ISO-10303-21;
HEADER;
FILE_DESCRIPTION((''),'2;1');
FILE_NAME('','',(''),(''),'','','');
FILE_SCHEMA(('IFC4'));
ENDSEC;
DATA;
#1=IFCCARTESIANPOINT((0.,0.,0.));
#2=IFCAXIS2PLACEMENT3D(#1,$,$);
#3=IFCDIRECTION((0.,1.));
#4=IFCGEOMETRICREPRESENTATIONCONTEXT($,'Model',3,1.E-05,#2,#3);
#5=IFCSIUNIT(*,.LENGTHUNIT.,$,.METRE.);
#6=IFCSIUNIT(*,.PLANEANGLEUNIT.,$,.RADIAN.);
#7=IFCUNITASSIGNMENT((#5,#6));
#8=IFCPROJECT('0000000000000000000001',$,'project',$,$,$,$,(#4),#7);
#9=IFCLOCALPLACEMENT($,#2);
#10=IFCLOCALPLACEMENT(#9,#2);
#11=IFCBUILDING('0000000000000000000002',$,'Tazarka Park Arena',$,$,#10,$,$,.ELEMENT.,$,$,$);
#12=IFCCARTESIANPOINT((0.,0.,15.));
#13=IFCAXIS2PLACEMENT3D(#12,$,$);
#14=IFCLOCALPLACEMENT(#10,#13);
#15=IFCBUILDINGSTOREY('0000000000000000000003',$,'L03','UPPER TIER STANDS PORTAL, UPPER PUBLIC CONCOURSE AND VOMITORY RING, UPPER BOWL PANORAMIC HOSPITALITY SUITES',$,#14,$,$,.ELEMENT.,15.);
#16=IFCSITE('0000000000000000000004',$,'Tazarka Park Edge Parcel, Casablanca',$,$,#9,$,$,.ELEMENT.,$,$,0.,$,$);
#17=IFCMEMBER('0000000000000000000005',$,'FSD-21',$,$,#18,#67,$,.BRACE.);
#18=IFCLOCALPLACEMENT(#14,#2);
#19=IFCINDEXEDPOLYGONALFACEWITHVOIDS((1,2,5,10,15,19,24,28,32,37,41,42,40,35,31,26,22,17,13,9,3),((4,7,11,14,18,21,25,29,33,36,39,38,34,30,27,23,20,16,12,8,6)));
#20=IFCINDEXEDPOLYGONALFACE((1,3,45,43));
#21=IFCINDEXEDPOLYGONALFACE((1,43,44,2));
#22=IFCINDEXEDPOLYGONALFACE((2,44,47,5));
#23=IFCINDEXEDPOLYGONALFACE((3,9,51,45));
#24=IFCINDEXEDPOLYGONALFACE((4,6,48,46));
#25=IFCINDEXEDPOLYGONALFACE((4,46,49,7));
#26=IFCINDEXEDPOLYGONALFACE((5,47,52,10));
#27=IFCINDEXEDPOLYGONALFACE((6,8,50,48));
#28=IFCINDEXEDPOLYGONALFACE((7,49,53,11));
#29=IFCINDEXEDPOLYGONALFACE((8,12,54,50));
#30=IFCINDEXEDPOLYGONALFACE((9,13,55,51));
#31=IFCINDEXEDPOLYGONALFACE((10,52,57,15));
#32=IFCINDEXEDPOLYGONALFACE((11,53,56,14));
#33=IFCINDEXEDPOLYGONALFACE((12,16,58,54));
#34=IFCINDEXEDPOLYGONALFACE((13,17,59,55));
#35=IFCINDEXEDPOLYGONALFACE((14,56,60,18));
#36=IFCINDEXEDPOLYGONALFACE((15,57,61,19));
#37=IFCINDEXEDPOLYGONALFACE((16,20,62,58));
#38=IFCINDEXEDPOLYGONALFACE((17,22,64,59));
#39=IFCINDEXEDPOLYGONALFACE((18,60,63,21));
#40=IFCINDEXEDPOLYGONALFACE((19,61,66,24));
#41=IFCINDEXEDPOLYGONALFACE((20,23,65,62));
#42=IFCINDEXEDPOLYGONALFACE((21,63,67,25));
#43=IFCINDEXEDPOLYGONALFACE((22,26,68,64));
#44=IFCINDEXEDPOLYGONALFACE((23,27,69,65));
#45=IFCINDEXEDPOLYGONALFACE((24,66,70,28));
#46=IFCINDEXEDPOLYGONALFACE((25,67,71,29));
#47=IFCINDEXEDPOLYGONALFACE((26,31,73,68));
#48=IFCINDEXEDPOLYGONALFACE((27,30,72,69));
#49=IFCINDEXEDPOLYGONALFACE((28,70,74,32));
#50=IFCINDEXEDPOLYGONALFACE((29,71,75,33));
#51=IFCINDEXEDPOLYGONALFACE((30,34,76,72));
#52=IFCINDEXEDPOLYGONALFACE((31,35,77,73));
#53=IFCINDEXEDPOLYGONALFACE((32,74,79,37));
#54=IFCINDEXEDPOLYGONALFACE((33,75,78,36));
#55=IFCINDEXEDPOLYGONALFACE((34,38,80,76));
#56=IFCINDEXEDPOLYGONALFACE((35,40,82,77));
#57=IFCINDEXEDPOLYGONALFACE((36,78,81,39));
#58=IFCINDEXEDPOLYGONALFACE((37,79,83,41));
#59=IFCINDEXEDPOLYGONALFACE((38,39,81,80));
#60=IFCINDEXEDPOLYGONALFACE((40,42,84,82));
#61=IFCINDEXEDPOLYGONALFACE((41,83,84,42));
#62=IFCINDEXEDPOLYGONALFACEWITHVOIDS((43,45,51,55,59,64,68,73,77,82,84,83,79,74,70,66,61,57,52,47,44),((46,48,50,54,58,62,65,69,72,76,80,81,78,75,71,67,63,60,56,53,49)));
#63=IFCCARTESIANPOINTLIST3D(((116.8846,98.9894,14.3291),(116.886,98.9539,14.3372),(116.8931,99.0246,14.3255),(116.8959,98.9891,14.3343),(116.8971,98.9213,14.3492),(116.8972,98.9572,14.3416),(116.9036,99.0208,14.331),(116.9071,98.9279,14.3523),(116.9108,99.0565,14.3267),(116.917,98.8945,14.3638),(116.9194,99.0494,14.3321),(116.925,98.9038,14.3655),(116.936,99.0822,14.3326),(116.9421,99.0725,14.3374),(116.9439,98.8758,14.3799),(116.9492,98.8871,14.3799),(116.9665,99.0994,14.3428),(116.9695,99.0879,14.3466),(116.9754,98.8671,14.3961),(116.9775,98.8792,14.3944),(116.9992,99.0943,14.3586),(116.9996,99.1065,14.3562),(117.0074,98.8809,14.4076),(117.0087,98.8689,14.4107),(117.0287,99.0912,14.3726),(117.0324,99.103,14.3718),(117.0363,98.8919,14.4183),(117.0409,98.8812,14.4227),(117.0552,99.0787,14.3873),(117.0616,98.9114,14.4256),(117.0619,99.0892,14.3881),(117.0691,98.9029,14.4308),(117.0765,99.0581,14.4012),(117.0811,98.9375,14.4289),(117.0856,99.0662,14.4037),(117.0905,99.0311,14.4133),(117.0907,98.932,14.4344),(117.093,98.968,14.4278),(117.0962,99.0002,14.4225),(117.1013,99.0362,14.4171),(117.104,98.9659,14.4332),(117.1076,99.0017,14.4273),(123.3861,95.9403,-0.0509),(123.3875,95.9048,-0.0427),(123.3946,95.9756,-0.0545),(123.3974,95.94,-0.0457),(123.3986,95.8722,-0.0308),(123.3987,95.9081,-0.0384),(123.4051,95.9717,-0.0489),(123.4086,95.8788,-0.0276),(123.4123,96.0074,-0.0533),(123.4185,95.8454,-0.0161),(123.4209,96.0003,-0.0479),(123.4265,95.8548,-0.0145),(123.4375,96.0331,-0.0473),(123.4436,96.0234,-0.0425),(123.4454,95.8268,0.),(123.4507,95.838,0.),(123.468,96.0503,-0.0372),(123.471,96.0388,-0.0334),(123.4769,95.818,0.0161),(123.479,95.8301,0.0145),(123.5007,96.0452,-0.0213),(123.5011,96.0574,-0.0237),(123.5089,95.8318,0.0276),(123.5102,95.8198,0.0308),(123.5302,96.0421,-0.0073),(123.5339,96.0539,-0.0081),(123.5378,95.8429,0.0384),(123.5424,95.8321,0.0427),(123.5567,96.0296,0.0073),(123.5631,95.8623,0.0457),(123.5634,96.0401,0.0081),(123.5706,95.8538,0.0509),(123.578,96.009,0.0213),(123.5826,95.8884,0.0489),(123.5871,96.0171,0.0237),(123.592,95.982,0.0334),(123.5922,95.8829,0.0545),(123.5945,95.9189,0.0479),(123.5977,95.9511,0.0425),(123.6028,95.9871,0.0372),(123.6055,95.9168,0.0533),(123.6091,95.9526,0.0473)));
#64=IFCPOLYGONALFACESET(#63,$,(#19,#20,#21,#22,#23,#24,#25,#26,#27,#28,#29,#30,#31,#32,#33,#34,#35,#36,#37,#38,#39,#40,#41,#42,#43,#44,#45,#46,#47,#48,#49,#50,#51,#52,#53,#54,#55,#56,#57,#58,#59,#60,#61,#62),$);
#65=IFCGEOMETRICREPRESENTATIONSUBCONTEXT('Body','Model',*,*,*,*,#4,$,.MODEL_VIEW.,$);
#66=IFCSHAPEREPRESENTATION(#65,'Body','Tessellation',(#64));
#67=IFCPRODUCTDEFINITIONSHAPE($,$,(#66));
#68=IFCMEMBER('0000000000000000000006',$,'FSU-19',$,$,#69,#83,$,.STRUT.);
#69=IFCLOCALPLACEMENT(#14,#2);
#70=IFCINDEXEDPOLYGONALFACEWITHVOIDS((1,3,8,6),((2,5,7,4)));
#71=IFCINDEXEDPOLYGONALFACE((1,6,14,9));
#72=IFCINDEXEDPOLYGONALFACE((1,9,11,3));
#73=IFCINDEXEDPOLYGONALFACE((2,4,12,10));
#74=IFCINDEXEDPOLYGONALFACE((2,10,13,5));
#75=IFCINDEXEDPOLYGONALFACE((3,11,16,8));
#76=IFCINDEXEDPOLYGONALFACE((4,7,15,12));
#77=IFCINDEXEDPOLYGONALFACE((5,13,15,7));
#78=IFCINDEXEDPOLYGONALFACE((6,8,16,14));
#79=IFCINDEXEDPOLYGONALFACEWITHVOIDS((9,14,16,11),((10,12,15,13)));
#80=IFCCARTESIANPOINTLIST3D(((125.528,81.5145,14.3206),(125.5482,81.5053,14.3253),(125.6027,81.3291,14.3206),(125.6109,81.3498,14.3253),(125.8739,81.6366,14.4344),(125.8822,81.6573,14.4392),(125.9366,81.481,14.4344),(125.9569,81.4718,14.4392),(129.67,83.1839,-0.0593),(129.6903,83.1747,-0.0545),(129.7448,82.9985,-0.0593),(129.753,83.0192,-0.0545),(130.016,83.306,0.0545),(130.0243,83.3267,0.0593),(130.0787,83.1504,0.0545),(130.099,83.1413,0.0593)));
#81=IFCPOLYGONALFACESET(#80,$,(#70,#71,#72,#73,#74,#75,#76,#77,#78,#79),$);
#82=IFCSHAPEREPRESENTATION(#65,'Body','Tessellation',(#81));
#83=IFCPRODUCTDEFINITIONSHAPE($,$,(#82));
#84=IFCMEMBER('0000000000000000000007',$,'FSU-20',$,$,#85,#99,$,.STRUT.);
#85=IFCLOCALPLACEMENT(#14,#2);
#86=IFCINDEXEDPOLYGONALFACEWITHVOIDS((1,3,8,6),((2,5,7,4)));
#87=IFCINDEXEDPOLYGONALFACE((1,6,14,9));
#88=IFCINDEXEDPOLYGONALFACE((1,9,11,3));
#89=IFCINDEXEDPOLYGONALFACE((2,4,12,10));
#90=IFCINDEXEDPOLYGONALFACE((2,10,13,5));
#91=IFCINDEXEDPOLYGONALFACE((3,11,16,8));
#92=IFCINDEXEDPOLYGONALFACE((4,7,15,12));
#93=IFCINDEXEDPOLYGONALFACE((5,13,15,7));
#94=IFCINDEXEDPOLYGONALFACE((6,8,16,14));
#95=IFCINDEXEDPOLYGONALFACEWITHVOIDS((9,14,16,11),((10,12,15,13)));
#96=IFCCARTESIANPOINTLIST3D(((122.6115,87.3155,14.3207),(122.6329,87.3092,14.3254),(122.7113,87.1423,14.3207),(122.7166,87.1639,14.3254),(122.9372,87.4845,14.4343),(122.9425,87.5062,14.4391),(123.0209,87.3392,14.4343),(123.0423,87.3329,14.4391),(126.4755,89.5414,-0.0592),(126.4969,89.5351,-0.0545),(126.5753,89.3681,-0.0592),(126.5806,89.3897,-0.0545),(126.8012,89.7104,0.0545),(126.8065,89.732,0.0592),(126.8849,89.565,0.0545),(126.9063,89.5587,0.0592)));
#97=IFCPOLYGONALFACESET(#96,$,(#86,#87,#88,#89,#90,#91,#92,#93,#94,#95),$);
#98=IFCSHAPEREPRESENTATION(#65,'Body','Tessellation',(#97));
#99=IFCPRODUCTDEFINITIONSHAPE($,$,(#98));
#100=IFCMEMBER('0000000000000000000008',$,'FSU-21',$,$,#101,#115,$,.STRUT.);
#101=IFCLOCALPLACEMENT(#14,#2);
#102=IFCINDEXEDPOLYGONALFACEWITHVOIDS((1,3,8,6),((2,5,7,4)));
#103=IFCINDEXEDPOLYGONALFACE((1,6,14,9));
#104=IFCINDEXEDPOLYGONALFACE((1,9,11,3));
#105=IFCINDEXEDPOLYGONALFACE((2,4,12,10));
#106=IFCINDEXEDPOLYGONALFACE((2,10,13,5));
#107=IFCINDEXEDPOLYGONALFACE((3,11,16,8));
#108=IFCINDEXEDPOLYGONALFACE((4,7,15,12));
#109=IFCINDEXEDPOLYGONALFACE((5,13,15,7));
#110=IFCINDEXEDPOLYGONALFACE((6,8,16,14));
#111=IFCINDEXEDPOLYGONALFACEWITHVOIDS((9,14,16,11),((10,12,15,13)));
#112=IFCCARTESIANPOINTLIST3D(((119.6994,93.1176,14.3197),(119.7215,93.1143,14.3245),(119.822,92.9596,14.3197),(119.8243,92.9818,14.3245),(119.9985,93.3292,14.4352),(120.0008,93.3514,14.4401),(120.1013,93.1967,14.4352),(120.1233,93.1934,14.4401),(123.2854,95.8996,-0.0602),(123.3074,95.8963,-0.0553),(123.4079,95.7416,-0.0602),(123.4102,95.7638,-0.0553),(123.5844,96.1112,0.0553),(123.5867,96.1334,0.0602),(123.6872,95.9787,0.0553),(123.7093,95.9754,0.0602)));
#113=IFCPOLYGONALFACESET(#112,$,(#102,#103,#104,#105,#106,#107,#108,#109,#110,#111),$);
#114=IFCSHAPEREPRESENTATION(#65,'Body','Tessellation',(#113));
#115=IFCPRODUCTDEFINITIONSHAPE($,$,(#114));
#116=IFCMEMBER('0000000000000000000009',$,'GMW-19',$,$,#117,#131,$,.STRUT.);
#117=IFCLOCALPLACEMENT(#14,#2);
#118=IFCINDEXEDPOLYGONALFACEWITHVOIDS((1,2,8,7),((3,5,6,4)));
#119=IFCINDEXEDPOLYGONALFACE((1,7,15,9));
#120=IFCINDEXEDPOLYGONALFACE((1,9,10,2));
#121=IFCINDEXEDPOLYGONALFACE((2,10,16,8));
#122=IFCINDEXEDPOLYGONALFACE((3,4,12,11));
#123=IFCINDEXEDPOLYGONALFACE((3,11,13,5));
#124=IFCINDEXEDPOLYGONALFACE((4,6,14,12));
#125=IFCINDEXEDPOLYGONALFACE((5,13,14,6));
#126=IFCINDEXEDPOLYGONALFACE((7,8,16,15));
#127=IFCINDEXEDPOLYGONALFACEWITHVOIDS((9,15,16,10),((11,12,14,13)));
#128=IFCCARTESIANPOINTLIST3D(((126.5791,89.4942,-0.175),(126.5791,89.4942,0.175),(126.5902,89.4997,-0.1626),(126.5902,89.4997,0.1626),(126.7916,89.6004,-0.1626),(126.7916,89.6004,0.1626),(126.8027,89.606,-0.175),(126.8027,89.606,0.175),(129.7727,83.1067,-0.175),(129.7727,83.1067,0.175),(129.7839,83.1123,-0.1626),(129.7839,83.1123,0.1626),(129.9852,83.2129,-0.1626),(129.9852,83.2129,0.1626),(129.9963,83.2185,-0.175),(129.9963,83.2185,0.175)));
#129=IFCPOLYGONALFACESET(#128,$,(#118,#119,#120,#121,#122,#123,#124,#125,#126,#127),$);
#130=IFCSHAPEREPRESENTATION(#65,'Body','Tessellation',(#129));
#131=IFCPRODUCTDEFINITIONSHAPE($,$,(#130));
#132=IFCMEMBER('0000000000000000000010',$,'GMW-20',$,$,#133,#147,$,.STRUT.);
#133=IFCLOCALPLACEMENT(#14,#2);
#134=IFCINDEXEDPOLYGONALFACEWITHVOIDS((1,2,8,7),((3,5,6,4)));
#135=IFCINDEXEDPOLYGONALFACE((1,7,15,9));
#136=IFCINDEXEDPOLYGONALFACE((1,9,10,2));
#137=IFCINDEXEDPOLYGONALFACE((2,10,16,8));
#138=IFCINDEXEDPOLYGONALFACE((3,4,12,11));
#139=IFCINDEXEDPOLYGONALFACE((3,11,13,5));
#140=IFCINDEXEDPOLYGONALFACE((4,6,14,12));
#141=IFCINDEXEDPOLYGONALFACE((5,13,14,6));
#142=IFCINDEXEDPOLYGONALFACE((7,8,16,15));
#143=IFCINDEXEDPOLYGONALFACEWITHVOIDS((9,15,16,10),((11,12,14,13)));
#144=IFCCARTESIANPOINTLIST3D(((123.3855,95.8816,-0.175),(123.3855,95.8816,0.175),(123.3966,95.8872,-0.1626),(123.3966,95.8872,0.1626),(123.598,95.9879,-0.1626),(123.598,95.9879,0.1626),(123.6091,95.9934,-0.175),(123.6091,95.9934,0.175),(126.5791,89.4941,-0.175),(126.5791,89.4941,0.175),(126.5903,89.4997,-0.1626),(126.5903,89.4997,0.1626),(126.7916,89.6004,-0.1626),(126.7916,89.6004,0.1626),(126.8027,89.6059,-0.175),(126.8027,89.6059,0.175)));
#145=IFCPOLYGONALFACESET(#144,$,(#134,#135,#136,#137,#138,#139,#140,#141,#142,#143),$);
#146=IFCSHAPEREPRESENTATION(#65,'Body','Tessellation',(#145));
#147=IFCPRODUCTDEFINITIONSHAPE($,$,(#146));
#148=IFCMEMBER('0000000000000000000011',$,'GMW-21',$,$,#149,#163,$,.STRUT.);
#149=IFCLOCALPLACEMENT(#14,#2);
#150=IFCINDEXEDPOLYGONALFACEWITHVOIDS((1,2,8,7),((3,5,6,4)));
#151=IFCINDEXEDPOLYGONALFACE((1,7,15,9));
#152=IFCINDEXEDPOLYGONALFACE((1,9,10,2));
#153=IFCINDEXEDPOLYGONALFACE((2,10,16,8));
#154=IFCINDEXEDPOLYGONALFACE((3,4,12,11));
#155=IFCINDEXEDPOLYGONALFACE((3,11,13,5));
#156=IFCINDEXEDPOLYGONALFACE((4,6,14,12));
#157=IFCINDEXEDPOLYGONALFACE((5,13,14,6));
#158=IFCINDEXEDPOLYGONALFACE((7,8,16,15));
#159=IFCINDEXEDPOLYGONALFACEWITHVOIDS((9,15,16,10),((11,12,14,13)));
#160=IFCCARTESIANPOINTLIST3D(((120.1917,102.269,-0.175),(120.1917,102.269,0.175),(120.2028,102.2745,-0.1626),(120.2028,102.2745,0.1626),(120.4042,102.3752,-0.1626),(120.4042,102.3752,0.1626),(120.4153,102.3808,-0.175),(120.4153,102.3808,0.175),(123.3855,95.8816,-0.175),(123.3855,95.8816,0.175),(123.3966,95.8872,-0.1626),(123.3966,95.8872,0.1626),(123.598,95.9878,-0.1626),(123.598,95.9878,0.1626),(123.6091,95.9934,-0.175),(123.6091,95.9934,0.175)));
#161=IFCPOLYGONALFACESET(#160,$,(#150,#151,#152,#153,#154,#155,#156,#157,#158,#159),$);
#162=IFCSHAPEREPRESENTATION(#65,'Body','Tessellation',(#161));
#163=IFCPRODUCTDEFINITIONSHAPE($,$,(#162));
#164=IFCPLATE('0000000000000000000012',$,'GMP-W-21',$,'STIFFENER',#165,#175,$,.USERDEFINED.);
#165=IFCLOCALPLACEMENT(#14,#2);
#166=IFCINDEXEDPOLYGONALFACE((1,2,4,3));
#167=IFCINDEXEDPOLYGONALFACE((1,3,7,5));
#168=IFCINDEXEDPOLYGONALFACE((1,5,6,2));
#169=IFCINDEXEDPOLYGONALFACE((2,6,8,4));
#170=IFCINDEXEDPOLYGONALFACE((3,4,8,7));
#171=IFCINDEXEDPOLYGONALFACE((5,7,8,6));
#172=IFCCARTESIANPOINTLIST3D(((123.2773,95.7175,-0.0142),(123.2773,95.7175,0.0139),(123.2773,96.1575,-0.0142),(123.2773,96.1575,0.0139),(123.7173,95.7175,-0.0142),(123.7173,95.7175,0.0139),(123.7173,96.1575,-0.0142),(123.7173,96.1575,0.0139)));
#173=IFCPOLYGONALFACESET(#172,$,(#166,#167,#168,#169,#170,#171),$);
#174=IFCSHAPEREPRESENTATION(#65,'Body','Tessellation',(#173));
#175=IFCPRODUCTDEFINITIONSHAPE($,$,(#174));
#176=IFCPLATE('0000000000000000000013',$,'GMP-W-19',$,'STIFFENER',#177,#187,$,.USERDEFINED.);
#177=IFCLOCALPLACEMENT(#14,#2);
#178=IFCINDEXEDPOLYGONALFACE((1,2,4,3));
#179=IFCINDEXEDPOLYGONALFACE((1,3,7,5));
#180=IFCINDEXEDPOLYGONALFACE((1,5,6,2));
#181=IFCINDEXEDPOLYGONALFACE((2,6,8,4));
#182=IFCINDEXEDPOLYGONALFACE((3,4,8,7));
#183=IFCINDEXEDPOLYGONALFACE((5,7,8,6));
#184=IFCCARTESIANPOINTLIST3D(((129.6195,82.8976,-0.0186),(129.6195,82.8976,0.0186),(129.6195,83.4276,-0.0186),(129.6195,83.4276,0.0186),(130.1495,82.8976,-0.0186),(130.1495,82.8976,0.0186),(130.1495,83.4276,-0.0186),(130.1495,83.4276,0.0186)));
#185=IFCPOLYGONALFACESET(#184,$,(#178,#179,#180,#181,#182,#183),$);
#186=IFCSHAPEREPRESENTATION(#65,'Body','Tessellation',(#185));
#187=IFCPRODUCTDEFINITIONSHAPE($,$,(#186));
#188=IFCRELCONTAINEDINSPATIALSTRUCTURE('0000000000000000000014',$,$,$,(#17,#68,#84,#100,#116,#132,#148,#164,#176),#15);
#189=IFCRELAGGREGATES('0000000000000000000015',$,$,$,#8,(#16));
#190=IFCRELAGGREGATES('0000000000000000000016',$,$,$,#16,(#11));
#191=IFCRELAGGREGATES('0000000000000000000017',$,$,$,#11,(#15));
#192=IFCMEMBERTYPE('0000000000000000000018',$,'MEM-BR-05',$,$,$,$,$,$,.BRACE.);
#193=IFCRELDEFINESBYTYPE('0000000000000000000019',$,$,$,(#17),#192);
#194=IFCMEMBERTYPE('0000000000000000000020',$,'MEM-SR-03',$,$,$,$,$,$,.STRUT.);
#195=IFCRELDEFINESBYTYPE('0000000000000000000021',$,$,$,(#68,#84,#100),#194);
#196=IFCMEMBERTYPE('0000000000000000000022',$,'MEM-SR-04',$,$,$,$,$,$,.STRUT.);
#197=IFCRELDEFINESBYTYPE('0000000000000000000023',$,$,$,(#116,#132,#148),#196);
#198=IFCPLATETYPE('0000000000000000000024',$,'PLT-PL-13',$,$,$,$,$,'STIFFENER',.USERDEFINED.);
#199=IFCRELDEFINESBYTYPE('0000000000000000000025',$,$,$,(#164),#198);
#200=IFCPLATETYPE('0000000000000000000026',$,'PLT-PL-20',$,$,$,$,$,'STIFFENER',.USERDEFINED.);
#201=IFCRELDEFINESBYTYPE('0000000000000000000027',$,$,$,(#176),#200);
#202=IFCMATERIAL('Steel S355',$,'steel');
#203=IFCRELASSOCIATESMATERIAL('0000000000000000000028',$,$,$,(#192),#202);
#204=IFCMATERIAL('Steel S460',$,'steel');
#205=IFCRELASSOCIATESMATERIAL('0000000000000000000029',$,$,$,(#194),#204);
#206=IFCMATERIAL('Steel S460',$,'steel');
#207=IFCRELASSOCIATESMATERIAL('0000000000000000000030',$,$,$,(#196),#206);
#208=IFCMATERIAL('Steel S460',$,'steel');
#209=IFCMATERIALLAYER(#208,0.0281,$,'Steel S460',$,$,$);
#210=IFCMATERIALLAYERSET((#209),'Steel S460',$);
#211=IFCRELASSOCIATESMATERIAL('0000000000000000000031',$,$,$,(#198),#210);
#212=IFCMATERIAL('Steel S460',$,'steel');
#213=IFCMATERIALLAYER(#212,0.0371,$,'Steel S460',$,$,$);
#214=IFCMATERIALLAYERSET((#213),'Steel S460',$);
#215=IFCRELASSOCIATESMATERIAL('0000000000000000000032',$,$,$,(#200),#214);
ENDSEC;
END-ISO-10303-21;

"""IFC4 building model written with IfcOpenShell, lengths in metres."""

from ifc_helpers import new_model, si_unit, direction, frame, origin, origin_2d, place, context, subcontext, project, spatial, rectangle, hollow_rectangle, hollow_circle, extrude, material, layer, layer_set, material_profile, profile_set, type_object, element, save


model = new_model("IFC4")

# Units and contexts
model_context = context("Model", 3, precision=1e-05, world=origin(), true_north=direction((0.0, 1.0)))
body_context = subcontext(model_context, "Body", "Model", "MODEL_VIEW")
ifc_project = project(units=[si_unit("LENGTHUNIT", "METRE"), si_unit("PLANEANGLEUNIT", "RADIAN")], contexts=[model_context])

# Site, building, storey
site_placement = place(None, origin())
site = spatial("IfcSite", under=ifc_project, at=site_placement, Name="Tazarka Park Edge Parcel, Casablanca", CompositionType="ELEMENT", RefElevation=0.0)
building_placement = place(site_placement, origin())
building = spatial("IfcBuilding", under=site, at=building_placement, Name="Tazarka Park Arena", CompositionType="ELEMENT")
storey_placement = place(building_placement, frame((0.0, 0.0, 15.0)))
storey = spatial("IfcBuildingStorey", under=building, at=storey_placement, Name="L03", Description="UPPER TIER STANDS PORTAL, UPPER PUBLIC CONCOURSE AND VOMITORY RING, UPPER BOWL PANORAMIC HOSPITALITY SUITES", CompositionType="ELEMENT", Elevation=15.0)

# Members
ifc_material_1 = material(Name="Steel S355", Category="steel")
ifc_material_profile_1 = material_profile(ifc_material_1, hollow_circle(Radius=0.1223, WallThickness=0.0125, at=origin_2d()), Name="Steel S355")
ifc_profile_set_1 = profile_set([ifc_material_profile_1], Name="Steel S355")
member_type_1 = type_object("IfcMemberType", Name="MEM-BR-05", PredefinedType="BRACE", material=ifc_profile_set_1)
member_1_placement = place(storey_placement, frame((123.4973, 95.9375, 0.0), z_axis=(-0.404492, 0.189699, 0.894651), x_axis=(-0.424606, -0.905378, 0.0)))
element("IfcMember", 1, at=member_1_placement, inside=storey, type_object=member_type_1, Name="FSD-21", PredefinedType="BRACE", context=body_context, shape_type="SweptSolid", body=[
    extrude(hollow_circle(Radius=0.1223, WallThickness=0.0125, at=origin_2d()), origin(), (0.0, 0.0, 1.0), 16.0732),
])
ifc_material_2 = material(Name="Steel S460", Category="steel")
ifc_material_profile_2 = material_profile(ifc_material_2, hollow_rectangle(XDim=0.2, YDim=0.3999, WallThickness=0.0161, at=origin_2d()), Name="Steel S460")
ifc_profile_set_2 = profile_set([ifc_material_profile_2], Name="Steel S460")
member_type_2 = type_object("IfcMemberType", Name="MEM-SR-03", PredefinedType="STRUT", material=ifc_profile_set_2)
member_2_placement = place(storey_placement, frame((129.8845, 83.1626, 0.0), z_axis=(-0.275087, -0.110871, 0.955005), x_axis=(0.373821, -0.927501, 0.0)))
element("IfcMember", 2, at=member_2_placement, inside=storey, type_object=member_type_2, Name="FSU-19", PredefinedType="STRUT", context=body_context, shape_type="SweptSolid", body=[
    extrude(hollow_rectangle(XDim=0.2, YDim=0.3999, WallThickness=0.0161, at=origin_2d()), origin(), (0.0, 0.0, 1.0), 15.0574),
])
member_3_placement = place(storey_placement, frame((126.6909, 89.55, 0.0), z_axis=(-0.256653, -0.147842, 0.955129), x_axis=(0.499149, -0.866516, 0.0)))
element("IfcMember", 3, at=member_3_placement, inside=storey, type_object=member_type_2, Name="FSU-20", PredefinedType="STRUT", context=body_context, shape_type="SweptSolid", body=[
    extrude(hollow_rectangle(XDim=0.2, YDim=0.3999, WallThickness=0.0161, at=origin_2d()), origin(), (0.0, 0.0, 1.0), 15.0554),
])
member_4_placement = place(storey_placement, frame((123.4973, 95.9375, 0.0), z_axis=(-0.237808, -0.184493, 0.95363), x_axis=(0.612968, -0.790108, 0.0)))
element("IfcMember", 4, at=member_4_placement, inside=storey, type_object=member_type_2, Name="FSU-21", PredefinedType="STRUT", context=body_context, shape_type="SweptSolid", body=[
    extrude(hollow_rectangle(XDim=0.2, YDim=0.3999, WallThickness=0.0161, at=origin_2d()), origin(), (0.0, 0.0, 1.0), 15.0791),
])
ifc_material_3 = material(Name="Steel S460", Category="steel")
ifc_material_profile_3 = material_profile(ifc_material_3, hollow_rectangle(XDim=0.25, YDim=0.3501, WallThickness=0.0125, at=origin_2d()), Name="Steel S460")
ifc_profile_set_3 = profile_set([ifc_material_profile_3], Name="Steel S460")
member_type_3 = type_object("IfcMemberType", Name="MEM-SR-04", PredefinedType="STRUT", material=ifc_profile_set_3)
for number, where, z_axis, x_axis, name in (
    (5, (129.8845, 83.1626, 0.0), (-0.4472, 0.894434, 0.0), (-0.894434, -0.4472, 0.0), "GMW-19"),
    (6, (126.6909, 89.55, 0.0), (-0.4472, 0.894434, 0.0), (-0.894434, -0.4472, 0.0), "GMW-20"),
    (7, (123.4973, 95.9375, 0.0), (-0.447227, 0.89442, 0.0), (-0.89442, -0.447227, 0.0), "GMW-21"),
):
    element("IfcMember", number, at=place(storey_placement, frame(where, z_axis=z_axis, x_axis=x_axis)), inside=storey, type_object=member_type_3, Name=name, PredefinedType="STRUT", context=body_context, shape_type="SweptSolid", body=[
        extrude(hollow_rectangle(XDim=0.25, YDim=0.3501, WallThickness=0.0125, at=origin_2d()), origin(), (0.0, 0.0, 1.0), 7.1414),
    ])

# Plates
ifc_material_4 = material(Name="Steel S460", Category="steel")
ifc_layer_1 = layer(ifc_material_4, 0.0281, Name="Steel S460")
ifc_layer_set_1 = layer_set([ifc_layer_1], Name="Steel S460")
plate_type_1 = type_object("IfcPlateType", Name="PLT-PL-13", ElementType="STIFFENER", PredefinedType="USERDEFINED", material=ifc_layer_set_1)
plate_1_placement = place(storey_placement, frame((123.4973, 95.9375, -0.0142), z_axis=(0.0, 0.0, 1.0), x_axis=(1.0, 0.0, 0.0)))
element("IfcPlate", 8, at=plate_1_placement, inside=storey, type_object=plate_type_1, Name="GMP-W-21", ObjectType="STIFFENER", PredefinedType="USERDEFINED", context=body_context, shape_type="SweptSolid", body=[
    extrude(rectangle(XDim=0.4399, YDim=0.4399, at=origin_2d()), origin(), (0.0, 0.0, 1.0), 0.0281),
])
ifc_material_5 = material(Name="Steel S460", Category="steel")
ifc_layer_2 = layer(ifc_material_5, 0.0371, Name="Steel S460")
ifc_layer_set_2 = layer_set([ifc_layer_2], Name="Steel S460")
plate_type_2 = type_object("IfcPlateType", Name="PLT-PL-20", ElementType="STIFFENER", PredefinedType="USERDEFINED", material=ifc_layer_set_2)
plate_2_placement = place(storey_placement, frame((129.8845, 83.1626, -0.0186), z_axis=(0.0, 0.0, 1.0), x_axis=(1.0, 0.0, 0.0)))
element("IfcPlate", 9, at=plate_2_placement, inside=storey, type_object=plate_type_2, Name="GMP-W-19", ObjectType="STIFFENER", PredefinedType="USERDEFINED", context=body_context, shape_type="SweptSolid", body=[
    extrude(rectangle(XDim=0.53, YDim=0.53, at=origin_2d()), origin(), (0.0, 0.0, 1.0), 0.0371),
])

save(model, "model.ifc")
